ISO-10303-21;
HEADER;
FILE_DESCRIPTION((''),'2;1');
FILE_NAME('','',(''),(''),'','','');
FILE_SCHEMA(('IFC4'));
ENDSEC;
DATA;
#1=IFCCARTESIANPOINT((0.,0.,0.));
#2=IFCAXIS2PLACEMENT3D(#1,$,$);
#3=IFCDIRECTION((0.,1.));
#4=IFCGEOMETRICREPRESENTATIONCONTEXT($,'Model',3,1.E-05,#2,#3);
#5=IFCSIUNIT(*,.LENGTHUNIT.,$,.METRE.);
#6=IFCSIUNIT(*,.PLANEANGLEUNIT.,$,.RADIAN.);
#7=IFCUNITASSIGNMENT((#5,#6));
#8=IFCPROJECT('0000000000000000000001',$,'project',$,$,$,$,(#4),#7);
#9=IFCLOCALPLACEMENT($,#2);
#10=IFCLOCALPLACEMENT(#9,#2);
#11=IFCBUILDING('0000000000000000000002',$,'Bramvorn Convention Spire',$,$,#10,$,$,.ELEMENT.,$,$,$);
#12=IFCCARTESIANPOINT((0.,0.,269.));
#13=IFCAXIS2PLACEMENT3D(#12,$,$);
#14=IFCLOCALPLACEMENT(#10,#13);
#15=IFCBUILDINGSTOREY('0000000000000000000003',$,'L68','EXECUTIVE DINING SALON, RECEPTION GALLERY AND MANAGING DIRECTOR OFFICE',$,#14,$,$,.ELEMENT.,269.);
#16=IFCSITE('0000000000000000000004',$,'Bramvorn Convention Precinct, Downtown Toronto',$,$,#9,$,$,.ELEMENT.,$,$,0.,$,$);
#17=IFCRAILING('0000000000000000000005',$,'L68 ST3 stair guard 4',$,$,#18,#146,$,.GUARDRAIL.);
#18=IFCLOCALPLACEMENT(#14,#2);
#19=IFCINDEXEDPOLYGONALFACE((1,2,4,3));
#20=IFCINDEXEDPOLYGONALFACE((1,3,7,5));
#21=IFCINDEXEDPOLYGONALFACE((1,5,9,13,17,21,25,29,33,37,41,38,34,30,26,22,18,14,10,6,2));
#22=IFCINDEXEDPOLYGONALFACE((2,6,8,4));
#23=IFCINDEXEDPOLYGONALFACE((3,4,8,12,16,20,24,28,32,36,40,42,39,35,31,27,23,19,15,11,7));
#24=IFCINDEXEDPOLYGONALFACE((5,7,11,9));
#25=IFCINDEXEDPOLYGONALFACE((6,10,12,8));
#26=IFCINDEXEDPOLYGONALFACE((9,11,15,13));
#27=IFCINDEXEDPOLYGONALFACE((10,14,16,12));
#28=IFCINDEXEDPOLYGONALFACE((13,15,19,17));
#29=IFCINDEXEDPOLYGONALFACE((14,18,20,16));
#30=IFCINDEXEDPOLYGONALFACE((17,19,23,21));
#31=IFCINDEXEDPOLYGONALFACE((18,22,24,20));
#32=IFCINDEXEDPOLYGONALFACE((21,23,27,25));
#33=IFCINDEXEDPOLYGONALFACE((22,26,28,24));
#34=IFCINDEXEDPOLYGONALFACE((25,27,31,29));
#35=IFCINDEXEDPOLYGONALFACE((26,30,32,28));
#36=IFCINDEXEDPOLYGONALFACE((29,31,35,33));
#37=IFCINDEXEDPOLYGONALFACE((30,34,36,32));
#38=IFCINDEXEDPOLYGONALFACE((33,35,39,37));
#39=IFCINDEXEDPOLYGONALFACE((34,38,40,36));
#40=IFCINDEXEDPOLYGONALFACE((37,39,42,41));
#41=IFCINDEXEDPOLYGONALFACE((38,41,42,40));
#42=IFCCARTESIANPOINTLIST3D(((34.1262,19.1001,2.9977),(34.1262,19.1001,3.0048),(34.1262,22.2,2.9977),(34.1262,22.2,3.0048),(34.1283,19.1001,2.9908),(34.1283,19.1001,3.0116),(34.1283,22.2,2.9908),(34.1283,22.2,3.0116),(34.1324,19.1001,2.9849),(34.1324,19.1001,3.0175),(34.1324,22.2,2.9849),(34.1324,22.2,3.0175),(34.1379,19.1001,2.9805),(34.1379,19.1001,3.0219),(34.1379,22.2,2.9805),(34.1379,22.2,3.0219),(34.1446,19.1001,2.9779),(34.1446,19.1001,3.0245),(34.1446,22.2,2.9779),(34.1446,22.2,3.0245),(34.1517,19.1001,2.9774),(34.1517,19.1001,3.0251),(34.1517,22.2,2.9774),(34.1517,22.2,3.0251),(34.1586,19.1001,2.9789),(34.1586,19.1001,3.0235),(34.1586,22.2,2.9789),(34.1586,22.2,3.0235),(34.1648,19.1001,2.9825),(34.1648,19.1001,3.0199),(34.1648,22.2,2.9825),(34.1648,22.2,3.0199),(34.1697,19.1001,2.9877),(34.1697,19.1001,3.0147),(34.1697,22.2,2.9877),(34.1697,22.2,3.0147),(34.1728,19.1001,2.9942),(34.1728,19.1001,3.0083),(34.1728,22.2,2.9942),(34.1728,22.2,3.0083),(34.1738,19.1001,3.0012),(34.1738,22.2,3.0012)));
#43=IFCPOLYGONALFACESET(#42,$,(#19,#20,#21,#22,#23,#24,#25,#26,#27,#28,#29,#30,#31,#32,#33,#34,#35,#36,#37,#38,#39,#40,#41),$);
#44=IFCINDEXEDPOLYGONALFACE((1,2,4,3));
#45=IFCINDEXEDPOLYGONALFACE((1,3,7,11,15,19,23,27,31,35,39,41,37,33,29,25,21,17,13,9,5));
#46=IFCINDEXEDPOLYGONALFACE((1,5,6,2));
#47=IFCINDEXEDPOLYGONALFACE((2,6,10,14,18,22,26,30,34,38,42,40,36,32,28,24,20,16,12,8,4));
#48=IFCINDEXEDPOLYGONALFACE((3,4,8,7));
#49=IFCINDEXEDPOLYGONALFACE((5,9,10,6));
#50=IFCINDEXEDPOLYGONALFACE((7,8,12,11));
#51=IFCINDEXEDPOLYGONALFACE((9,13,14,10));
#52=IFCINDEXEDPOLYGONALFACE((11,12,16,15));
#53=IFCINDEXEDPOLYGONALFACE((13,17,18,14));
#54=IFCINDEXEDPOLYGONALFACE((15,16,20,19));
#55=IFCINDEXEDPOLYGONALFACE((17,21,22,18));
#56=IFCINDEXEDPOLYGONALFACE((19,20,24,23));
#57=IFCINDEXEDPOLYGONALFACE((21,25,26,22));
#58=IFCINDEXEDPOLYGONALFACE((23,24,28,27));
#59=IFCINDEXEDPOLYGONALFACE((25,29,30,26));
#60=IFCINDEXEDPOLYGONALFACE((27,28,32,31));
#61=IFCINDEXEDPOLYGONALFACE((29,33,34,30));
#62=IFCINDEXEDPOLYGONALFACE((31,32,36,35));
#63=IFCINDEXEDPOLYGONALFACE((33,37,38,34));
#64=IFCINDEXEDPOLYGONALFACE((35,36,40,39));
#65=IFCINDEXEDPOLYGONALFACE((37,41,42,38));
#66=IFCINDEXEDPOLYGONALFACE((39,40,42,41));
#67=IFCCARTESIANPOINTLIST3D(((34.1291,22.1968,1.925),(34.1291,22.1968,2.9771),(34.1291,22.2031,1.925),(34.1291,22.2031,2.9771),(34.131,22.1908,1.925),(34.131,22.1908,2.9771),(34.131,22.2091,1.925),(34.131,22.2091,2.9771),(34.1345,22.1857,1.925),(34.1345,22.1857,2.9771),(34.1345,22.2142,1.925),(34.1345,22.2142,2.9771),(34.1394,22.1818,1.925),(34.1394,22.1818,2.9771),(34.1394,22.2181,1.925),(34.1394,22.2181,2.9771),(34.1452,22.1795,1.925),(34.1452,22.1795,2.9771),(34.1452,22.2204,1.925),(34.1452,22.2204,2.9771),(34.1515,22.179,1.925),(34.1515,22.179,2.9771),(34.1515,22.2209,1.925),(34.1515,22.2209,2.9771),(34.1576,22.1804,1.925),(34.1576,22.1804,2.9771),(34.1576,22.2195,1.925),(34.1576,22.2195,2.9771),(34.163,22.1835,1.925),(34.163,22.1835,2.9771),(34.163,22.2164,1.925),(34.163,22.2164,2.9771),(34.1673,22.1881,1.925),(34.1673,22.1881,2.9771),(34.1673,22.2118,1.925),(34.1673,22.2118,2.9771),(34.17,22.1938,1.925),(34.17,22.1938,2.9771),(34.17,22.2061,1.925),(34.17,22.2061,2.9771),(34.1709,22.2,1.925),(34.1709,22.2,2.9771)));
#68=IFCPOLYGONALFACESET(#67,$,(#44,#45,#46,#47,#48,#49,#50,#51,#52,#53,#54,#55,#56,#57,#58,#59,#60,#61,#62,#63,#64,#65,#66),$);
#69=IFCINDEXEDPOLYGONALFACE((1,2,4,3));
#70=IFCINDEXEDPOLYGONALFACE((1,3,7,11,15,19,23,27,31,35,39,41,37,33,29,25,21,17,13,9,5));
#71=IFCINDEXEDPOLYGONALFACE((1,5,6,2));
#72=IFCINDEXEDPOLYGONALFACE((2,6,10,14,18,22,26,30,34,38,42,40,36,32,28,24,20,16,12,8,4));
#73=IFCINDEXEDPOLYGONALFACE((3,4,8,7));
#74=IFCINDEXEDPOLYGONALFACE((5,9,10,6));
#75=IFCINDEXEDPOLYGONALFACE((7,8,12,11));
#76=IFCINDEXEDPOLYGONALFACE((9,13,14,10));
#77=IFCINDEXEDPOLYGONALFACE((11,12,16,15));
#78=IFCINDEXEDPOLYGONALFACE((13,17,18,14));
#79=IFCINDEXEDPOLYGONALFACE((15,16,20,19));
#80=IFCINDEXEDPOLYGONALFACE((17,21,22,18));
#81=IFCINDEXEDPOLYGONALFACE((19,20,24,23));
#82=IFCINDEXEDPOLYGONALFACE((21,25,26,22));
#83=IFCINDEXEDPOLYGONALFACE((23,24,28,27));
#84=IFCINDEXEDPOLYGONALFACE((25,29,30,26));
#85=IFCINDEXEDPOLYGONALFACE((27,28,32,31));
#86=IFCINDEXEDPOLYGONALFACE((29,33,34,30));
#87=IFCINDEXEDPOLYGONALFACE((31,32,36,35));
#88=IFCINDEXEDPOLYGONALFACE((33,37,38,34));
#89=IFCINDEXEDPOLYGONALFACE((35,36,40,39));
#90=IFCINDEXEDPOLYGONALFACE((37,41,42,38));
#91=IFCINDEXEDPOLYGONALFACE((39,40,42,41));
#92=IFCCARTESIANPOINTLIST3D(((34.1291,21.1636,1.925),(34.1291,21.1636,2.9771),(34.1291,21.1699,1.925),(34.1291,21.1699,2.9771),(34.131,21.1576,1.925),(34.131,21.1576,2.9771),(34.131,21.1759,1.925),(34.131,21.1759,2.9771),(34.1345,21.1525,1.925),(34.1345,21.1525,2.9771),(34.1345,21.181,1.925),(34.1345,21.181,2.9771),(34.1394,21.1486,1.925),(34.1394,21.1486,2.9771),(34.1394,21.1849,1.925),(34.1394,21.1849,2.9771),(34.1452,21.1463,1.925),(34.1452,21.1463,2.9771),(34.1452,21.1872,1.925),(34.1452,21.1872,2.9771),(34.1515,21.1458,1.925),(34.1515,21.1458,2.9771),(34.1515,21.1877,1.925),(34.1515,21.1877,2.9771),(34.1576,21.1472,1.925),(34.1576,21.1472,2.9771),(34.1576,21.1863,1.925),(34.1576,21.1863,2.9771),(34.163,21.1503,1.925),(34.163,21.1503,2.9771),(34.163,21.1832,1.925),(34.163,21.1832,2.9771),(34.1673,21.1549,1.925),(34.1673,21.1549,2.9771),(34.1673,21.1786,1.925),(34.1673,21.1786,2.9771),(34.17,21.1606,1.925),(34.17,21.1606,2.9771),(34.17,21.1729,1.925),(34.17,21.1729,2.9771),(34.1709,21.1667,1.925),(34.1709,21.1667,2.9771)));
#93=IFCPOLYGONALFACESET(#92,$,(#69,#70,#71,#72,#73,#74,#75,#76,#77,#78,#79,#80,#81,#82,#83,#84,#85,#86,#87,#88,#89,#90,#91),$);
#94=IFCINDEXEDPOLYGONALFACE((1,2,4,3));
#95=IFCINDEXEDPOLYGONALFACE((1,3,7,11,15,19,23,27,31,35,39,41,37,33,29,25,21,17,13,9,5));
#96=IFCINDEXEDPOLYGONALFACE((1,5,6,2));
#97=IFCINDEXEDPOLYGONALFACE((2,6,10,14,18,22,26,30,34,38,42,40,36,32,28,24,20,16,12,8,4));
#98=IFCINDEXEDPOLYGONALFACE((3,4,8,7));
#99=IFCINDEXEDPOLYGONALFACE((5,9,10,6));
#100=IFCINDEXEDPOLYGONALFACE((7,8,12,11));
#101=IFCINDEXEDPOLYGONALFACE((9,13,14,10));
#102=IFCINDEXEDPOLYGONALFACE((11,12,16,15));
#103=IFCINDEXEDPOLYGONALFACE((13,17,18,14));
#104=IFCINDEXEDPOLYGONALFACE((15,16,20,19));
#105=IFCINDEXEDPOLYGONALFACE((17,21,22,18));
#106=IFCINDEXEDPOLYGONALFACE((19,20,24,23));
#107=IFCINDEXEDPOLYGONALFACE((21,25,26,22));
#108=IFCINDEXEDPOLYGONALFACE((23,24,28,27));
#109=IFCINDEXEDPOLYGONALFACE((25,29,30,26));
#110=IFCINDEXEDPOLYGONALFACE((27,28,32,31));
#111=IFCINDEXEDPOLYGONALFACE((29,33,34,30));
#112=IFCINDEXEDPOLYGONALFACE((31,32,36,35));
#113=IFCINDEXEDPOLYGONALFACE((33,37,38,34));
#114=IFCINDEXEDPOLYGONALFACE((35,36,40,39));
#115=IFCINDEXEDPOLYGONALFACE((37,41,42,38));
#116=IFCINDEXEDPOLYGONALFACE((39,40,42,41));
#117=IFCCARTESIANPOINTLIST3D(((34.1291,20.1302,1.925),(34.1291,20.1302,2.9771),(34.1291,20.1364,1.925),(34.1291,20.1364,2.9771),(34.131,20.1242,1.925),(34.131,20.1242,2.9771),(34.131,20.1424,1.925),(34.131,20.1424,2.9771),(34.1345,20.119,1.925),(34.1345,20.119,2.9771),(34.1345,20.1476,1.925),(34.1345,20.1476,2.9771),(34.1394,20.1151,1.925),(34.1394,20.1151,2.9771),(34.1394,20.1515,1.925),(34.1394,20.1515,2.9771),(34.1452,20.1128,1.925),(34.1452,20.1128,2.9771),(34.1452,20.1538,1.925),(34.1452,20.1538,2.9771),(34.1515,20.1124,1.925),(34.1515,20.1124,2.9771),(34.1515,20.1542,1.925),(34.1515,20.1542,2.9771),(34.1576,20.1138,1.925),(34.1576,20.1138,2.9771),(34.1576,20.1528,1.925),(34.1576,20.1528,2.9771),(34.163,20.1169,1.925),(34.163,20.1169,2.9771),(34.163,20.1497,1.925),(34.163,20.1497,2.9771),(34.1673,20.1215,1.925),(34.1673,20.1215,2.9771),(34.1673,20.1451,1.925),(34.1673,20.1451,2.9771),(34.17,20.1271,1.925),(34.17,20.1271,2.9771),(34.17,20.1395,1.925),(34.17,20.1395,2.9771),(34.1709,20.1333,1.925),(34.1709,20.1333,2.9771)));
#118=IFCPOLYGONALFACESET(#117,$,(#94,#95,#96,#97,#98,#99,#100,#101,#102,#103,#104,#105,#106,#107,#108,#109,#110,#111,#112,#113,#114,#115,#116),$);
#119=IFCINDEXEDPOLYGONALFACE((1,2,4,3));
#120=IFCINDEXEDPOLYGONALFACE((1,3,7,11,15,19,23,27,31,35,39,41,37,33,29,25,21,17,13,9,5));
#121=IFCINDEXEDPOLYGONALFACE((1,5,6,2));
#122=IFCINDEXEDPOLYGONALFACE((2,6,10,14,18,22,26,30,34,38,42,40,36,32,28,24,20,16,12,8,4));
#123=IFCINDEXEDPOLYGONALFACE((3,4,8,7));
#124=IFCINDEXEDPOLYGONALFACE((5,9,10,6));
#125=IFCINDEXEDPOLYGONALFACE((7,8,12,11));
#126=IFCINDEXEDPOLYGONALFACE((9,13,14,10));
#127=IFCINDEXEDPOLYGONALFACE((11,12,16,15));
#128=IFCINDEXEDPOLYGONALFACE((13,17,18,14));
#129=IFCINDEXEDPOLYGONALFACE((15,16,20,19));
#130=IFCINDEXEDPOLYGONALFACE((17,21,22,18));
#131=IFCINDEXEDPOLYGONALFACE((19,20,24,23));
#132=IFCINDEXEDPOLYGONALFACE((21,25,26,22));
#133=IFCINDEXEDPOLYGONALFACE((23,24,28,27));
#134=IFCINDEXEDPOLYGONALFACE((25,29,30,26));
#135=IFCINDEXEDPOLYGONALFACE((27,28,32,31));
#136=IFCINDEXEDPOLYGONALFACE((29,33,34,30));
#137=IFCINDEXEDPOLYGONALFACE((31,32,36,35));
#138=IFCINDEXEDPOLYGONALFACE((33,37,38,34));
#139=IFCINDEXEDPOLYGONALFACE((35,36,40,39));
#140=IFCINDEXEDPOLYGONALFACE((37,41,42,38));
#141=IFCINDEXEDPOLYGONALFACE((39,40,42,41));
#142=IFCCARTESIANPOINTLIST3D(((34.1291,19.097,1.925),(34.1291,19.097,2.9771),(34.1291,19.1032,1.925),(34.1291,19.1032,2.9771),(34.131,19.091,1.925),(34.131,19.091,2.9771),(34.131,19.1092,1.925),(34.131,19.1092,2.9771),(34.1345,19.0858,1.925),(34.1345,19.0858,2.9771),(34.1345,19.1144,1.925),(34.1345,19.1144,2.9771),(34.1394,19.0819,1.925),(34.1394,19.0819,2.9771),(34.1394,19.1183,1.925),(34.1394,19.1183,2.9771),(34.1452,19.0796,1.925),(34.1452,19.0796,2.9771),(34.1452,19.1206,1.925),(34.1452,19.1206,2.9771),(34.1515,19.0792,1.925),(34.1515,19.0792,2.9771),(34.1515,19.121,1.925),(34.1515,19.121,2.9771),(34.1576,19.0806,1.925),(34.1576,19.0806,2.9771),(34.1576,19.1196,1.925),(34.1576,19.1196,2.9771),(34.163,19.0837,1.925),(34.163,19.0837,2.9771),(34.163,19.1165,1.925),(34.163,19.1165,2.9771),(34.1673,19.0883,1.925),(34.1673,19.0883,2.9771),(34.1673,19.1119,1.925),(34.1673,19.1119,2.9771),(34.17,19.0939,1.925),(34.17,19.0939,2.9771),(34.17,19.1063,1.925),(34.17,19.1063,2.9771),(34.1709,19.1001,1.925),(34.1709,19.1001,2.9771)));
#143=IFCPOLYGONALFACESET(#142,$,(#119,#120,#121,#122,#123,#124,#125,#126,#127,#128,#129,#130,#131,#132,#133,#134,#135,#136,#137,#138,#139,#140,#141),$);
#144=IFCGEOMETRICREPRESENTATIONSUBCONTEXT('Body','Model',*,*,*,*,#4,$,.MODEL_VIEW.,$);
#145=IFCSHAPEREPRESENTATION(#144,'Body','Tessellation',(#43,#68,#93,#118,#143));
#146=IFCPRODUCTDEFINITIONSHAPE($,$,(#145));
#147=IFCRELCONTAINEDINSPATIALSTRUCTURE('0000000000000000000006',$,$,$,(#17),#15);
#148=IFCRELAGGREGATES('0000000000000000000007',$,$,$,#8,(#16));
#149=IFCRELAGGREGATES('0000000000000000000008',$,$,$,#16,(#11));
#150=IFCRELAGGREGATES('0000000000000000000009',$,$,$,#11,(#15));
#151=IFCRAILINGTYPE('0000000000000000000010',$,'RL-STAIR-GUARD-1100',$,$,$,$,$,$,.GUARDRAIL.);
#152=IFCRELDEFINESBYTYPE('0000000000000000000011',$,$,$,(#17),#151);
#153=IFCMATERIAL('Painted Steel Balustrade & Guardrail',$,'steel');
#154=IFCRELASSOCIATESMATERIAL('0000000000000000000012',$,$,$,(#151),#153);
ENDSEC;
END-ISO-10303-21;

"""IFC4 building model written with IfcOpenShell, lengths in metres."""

from ifc_helpers import new_model, si_unit, direction, frame, origin, origin_2d, place, context, subcontext, project, spatial, circle, extrude, material, type_object, element, save


model = new_model("IFC4")

# Units and contexts
model_context = context("Model", 3, precision=1e-05, world=origin(), true_north=direction((0.0, 1.0)))
body_context = subcontext(model_context, "Body", "Model", "MODEL_VIEW")
ifc_project = project(units=[si_unit("LENGTHUNIT", "METRE"), si_unit("PLANEANGLEUNIT", "RADIAN")], contexts=[model_context])

# Site, building, storey
site_placement = place(None, origin())
site = spatial("IfcSite", under=ifc_project, at=site_placement, Name="Bramvorn Convention Precinct, Downtown Toronto", CompositionType="ELEMENT", RefElevation=0.0)
building_placement = place(site_placement, origin())
building = spatial("IfcBuilding", under=site, at=building_placement, Name="Bramvorn Convention Spire", CompositionType="ELEMENT")
storey_placement = place(building_placement, frame((0.0, 0.0, 269.0)))
storey = spatial("IfcBuildingStorey", under=building, at=storey_placement, Name="L68", Description="EXECUTIVE DINING SALON, RECEPTION GALLERY AND MANAGING DIRECTOR OFFICE", CompositionType="ELEMENT", Elevation=269.0)

# Railing
ifc_material_1 = material(Name="Painted Steel Balustrade & Guardrail", Category="steel")
railing_type_1 = type_object("IfcRailingType", Name="RL-STAIR-GUARD-1100", PredefinedType="GUARDRAIL", material=ifc_material_1)
for number, where, name in (
    (1, (34.1499, 22.2, 1.925), "L68 ST3 stair guard 4"),
):
    element("IfcRailing", number, at=place(storey_placement, frame(where)), inside=storey, type_object=railing_type_1, Name=name, PredefinedType="GUARDRAIL", context=body_context, shape_type="SweptSolid", body=[
        extrude(circle(Radius=0.0239, at=origin_2d()), frame((0.0, 0.0, 1.0762), z_axis=(0.0, -1.0, 0.0), x_axis=(1.0, 0.0, 0.0)), (0.0, 0.0, 1.0), 3.0999),
        extrude(circle(Radius=0.021, at=origin_2d()), origin(), (0.0, 0.0, 1.0), 1.052),
        extrude(circle(Radius=0.021, at=origin_2d()), frame((0.0, -1.0332, 0.0)), (0.0, 0.0, 1.0), 1.052),
        extrude(circle(Radius=0.021, at=origin_2d()), frame((0.0, -2.0667, 0.0)), (0.0, 0.0, 1.0), 1.052),
        extrude(circle(Radius=0.021, at=origin_2d()), frame((0.0, -3.0999, 0.0)), (0.0, 0.0, 1.0), 1.052),
    ])

save(model, "model.ifc")
